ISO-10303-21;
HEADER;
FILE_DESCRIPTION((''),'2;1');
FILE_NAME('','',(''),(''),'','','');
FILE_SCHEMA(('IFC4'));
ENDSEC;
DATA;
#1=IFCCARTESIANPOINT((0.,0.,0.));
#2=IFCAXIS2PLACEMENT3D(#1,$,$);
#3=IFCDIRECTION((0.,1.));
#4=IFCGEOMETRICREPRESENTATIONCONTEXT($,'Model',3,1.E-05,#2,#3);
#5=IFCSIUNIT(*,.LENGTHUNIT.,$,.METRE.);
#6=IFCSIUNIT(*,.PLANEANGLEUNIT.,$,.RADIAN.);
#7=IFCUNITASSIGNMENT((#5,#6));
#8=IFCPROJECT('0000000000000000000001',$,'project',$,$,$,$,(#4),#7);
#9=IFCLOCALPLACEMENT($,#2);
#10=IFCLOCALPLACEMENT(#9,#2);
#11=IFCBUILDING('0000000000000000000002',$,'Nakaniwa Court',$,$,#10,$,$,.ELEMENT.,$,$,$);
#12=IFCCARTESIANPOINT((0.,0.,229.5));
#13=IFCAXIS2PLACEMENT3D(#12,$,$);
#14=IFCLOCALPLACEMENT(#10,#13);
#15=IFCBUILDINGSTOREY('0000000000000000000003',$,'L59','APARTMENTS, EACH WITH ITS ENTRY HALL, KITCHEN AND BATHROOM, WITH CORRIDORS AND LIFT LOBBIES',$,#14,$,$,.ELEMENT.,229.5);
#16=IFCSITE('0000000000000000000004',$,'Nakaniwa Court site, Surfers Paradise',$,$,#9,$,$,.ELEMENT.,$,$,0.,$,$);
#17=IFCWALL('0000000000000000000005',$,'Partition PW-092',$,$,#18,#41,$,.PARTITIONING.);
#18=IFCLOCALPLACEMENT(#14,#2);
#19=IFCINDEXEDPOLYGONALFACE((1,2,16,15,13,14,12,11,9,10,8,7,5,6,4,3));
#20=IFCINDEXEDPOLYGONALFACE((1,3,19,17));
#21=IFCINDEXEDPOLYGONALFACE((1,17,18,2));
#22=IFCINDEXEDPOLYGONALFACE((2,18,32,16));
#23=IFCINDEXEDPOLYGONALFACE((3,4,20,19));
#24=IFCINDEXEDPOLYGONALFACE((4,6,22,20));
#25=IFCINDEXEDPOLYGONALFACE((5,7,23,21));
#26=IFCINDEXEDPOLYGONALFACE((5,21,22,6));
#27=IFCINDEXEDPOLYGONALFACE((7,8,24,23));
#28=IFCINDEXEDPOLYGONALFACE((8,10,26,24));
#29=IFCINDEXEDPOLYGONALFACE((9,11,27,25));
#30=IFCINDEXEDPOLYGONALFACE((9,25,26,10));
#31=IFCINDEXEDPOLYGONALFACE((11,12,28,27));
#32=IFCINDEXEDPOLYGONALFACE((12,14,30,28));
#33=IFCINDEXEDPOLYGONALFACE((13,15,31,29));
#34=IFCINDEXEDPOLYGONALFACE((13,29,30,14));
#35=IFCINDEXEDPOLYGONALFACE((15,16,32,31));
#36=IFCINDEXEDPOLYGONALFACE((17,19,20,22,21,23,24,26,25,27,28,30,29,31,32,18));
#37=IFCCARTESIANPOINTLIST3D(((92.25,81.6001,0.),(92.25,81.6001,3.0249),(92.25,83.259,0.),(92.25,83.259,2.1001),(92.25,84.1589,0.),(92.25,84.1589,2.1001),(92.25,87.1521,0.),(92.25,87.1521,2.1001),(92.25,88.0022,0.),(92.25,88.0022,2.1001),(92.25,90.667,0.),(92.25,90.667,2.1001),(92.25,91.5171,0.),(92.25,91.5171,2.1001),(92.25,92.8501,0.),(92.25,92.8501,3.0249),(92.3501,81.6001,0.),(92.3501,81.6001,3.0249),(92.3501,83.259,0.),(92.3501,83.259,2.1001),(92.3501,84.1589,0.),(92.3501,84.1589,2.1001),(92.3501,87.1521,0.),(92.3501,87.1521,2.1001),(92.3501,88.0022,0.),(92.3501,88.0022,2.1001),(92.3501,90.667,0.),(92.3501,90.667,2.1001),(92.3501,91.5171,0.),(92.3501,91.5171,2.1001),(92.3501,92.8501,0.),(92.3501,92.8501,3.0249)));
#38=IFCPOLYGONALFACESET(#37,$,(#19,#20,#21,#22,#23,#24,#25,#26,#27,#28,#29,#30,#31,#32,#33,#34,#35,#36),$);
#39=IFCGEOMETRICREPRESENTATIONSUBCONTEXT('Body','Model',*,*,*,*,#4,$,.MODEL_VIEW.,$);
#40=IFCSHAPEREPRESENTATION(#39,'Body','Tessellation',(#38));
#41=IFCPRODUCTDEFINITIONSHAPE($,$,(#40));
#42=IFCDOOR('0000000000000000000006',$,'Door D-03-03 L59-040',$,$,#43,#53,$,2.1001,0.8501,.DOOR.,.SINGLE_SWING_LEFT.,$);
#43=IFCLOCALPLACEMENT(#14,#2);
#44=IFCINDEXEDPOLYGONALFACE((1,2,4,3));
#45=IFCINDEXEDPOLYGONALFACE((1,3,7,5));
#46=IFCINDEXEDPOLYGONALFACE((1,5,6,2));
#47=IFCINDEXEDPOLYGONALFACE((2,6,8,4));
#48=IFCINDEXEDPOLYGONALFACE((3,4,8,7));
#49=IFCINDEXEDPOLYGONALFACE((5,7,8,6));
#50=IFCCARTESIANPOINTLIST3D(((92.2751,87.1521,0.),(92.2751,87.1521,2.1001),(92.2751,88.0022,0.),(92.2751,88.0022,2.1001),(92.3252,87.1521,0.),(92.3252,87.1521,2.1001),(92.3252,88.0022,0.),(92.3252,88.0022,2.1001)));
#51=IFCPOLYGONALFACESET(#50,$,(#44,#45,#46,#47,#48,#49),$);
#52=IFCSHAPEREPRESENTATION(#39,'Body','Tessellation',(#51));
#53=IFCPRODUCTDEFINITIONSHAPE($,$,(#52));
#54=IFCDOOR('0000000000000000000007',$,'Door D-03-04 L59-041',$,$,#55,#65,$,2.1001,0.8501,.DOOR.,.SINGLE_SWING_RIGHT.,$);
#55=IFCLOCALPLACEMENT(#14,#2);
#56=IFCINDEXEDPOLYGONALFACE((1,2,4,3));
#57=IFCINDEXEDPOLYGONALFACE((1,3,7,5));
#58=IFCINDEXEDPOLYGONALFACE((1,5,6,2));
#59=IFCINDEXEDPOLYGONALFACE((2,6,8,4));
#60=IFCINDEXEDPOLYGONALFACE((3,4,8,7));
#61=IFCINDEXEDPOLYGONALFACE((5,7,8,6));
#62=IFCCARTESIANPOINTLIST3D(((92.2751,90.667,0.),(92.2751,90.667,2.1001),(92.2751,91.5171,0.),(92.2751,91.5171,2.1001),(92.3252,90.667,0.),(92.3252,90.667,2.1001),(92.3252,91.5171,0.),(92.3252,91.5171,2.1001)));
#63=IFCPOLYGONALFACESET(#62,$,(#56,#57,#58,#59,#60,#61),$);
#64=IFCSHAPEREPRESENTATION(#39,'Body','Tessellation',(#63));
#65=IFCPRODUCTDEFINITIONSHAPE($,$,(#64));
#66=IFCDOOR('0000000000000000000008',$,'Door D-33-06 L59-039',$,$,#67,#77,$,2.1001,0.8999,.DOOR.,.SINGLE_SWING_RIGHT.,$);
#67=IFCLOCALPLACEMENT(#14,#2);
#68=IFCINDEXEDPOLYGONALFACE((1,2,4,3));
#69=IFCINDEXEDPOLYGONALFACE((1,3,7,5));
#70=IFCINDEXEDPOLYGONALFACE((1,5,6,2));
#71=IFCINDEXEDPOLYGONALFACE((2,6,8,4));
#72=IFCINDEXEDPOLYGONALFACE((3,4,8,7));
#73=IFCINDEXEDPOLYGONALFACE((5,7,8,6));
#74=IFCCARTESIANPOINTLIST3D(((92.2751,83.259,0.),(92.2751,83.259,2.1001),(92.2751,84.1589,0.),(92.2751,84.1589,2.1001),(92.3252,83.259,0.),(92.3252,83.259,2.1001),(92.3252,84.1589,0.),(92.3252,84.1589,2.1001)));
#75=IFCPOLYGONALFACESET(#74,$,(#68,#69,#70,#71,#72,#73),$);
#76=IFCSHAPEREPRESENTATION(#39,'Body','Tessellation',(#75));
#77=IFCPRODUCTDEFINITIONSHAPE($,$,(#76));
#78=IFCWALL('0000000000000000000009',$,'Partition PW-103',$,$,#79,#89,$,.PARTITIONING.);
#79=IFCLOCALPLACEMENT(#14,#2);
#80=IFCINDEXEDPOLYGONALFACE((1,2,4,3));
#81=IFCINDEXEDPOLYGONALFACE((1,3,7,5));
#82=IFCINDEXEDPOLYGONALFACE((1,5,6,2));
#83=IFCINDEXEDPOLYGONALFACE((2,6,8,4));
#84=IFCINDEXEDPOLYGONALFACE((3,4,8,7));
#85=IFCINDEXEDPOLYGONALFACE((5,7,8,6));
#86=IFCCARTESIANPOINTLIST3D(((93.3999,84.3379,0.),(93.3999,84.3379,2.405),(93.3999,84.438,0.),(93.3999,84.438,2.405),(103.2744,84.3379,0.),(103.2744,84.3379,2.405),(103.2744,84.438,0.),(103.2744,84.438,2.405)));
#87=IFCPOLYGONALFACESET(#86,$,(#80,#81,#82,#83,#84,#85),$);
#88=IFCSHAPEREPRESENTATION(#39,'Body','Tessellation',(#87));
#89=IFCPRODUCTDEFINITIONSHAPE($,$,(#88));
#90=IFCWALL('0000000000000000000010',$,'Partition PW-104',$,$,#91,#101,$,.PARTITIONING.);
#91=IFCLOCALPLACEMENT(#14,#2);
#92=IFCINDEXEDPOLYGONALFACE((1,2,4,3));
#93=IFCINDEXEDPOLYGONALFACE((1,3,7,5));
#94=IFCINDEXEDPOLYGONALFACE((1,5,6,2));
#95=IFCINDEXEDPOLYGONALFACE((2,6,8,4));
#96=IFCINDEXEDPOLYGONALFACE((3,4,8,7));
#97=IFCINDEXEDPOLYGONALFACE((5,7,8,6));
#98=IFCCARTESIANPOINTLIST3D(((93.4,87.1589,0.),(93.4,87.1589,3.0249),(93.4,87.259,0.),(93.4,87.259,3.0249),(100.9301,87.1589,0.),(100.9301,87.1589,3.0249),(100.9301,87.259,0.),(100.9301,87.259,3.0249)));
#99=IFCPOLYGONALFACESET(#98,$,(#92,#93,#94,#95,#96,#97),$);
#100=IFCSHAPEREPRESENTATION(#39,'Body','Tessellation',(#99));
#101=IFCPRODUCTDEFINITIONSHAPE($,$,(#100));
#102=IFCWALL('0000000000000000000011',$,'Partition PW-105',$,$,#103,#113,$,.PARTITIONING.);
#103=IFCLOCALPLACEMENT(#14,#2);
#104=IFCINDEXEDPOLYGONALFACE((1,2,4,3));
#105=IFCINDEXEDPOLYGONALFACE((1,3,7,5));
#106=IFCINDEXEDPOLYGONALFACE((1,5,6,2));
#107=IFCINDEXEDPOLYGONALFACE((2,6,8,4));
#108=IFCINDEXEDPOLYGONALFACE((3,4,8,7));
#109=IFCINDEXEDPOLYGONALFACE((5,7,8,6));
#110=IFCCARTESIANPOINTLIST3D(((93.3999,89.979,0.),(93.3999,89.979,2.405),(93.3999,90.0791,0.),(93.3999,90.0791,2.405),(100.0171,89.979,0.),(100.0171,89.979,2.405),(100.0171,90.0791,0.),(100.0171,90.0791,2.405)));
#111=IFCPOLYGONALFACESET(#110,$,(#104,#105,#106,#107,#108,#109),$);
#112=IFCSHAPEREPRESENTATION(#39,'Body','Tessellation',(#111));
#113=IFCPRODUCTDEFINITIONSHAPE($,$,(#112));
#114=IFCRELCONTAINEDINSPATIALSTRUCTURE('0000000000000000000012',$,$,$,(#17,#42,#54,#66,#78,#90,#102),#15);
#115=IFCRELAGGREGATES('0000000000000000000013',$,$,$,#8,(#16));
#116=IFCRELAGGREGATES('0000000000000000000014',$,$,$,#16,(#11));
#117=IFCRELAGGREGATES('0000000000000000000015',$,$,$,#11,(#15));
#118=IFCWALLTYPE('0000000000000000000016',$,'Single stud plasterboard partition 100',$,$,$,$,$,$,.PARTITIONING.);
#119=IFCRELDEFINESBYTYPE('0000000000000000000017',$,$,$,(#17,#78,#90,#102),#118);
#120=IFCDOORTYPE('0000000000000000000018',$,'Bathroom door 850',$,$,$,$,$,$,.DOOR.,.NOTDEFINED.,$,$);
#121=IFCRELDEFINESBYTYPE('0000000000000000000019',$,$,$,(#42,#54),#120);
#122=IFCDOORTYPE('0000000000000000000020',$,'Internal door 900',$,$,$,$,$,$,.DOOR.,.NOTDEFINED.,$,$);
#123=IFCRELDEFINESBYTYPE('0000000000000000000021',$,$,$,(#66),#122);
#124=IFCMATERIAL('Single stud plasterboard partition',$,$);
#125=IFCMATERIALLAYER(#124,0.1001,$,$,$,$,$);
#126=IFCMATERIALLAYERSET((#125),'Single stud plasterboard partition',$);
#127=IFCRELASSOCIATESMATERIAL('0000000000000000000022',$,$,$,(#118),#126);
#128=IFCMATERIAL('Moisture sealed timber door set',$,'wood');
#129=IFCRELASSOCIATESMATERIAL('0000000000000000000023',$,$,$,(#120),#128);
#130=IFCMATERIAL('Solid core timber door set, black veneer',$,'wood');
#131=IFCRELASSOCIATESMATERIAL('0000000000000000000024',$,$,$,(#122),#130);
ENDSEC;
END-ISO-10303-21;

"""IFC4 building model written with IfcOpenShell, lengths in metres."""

from ifc_helpers import new_model, si_unit, direction, frame, frame_2d, origin, place, context, subcontext, project, spatial, rectangle, extrude, material, layer, layer_set, type_object, element, fill, save


model = new_model("IFC4")

# Units and contexts
model_context = context("Model", 3, precision=1e-05, world=origin(), true_north=direction((0.0, 1.0)))
body_context = subcontext(model_context, "Body", "Model", "MODEL_VIEW")
ifc_project = project(units=[si_unit("LENGTHUNIT", "METRE"), si_unit("PLANEANGLEUNIT", "RADIAN")], contexts=[model_context])

# Site, building, storey
site_placement = place(None, origin())
site = spatial("IfcSite", under=ifc_project, at=site_placement, Name="Nakaniwa Court site, Surfers Paradise", CompositionType="ELEMENT", RefElevation=0.0)
building_placement = place(site_placement, origin())
building = spatial("IfcBuilding", under=site, at=building_placement, Name="Nakaniwa Court", CompositionType="ELEMENT")
storey_placement = place(building_placement, frame((0.0, 0.0, 229.5)))
storey = spatial("IfcBuildingStorey", under=building, at=storey_placement, Name="L59", Description="APARTMENTS, EACH WITH ITS ENTRY HALL, KITCHEN AND BATHROOM, WITH CORRIDORS AND LIFT LOBBIES", CompositionType="ELEMENT", Elevation=229.5)

# Wall, openings, doors
ifc_material_1 = material(Name="Single stud plasterboard partition")
ifc_layer_1 = layer(ifc_material_1, 0.1001)
ifc_layer_set_1 = layer_set([ifc_layer_1], Name="Single stud plasterboard partition")
wall_type_1 = type_object("IfcWallType", Name="Single stud plasterboard partition 100", PredefinedType="PARTITIONING", material=ifc_layer_set_1)
wall_1_placement = place(storey_placement, frame((92.3, 81.6001, 0.0), z_axis=(0.0, 0.0, 1.0), x_axis=(0.0, 1.0, 0.0)))
wall_1 = element("IfcWall", 1, at=wall_1_placement, inside=storey, type_object=wall_type_1, Name="Partition PW-092", PredefinedType="PARTITIONING", context=body_context, shape_type="SweptSolid", body=[
    extrude(rectangle(XDim=11.25, YDim=0.1001, at=frame_2d((5.625, 0.0))), origin(), (0.0, 0.0, 1.0), 3.0249),
])
opening_1_placement = place(wall_1_placement, frame((1.6589, 0.0, 0.0)))
opening_1 = element("IfcOpeningElement", 2, at=opening_1_placement, cuts=wall_1, PredefinedType="OPENING", context=body_context, shape_type="SweptSolid", body=[
    extrude(rectangle(XDim=0.8999, YDim=2.1001, at=frame_2d((0.45, 1.05))), frame((0.0, 0.0601, 0.0), z_axis=(0.0, -1.0, 0.0), x_axis=(1.0, 0.0, 0.0)), (0.0, 0.0, 1.0), 0.1201),
])
opening_2_placement = place(wall_1_placement, frame((5.552, 0.0, 0.0)))
opening_2 = element("IfcOpeningElement", 3, at=opening_2_placement, cuts=wall_1, PredefinedType="OPENING", context=body_context, shape_type="SweptSolid", body=[
    extrude(rectangle(XDim=0.8501, YDim=2.1001, at=frame_2d((0.425, 1.05))), frame((0.0, 0.0601, 0.0), z_axis=(0.0, -1.0, 0.0), x_axis=(1.0, 0.0, 0.0)), (0.0, 0.0, 1.0), 0.1201),
])
opening_3_placement = place(wall_1_placement, frame((9.0669, 0.0, 0.0)))
opening_3 = element("IfcOpeningElement", 4, at=opening_3_placement, cuts=wall_1, PredefinedType="OPENING", context=body_context, shape_type="SweptSolid", body=[
    extrude(rectangle(XDim=0.8501, YDim=2.1001, at=frame_2d((0.425, 1.05))), frame((0.0, 0.0601, 0.0), z_axis=(0.0, -1.0, 0.0), x_axis=(1.0, 0.0, 0.0)), (0.0, 0.0, 1.0), 0.1201),
])
ifc_material_2 = material(Name="Moisture sealed timber door set", Category="wood")
door_type_1 = type_object("IfcDoorType", Name="Bathroom door 850", OperationType="NOTDEFINED", PredefinedType="DOOR", material=ifc_material_2)
door_1_placement = place(opening_2_placement, origin())
door_1 = element("IfcDoor", 5, at=door_1_placement, inside=storey, type_object=door_type_1, Name="Door D-03-03 L59-040", OperationType="SINGLE_SWING_LEFT", OverallHeight=2.1001, OverallWidth=0.8501, PredefinedType="DOOR", context=body_context, shape_type="SweptSolid", body=[
    extrude(rectangle(XDim=0.8501, YDim=2.1001, at=frame_2d((0.425, 1.05))), frame((0.0, 0.0249, 0.0), z_axis=(0.0, -1.0, 0.0), x_axis=(1.0, 0.0, 0.0)), (0.0, 0.0, 1.0), 0.05),
])
fill(opening_2, door_1)
door_2_placement = place(opening_3_placement, origin())
door_2 = element("IfcDoor", 6, at=door_2_placement, inside=storey, type_object=door_type_1, Name="Door D-03-04 L59-041", OperationType="SINGLE_SWING_RIGHT", OverallHeight=2.1001, OverallWidth=0.8501, PredefinedType="DOOR", context=body_context, shape_type="SweptSolid", body=[
    extrude(rectangle(XDim=0.8501, YDim=2.1001, at=frame_2d((0.425, 1.05))), frame((0.0, 0.0249, 0.0), z_axis=(0.0, -1.0, 0.0), x_axis=(1.0, 0.0, 0.0)), (0.0, 0.0, 1.0), 0.05),
])
fill(opening_3, door_2)
ifc_material_3 = material(Name="Solid core timber door set, black veneer", Category="wood")
door_type_2 = type_object("IfcDoorType", Name="Internal door 900", OperationType="NOTDEFINED", PredefinedType="DOOR", material=ifc_material_3)
door_3_placement = place(opening_1_placement, origin())
door_3 = element("IfcDoor", 7, at=door_3_placement, inside=storey, type_object=door_type_2, Name="Door D-33-06 L59-039", OperationType="SINGLE_SWING_RIGHT", OverallHeight=2.1001, OverallWidth=0.8999, PredefinedType="DOOR", context=body_context, shape_type="SweptSolid", body=[
    extrude(rectangle(XDim=0.8999, YDim=2.1001, at=frame_2d((0.45, 1.05))), frame((0.0, 0.0249, 0.0), z_axis=(0.0, -1.0, 0.0), x_axis=(1.0, 0.0, 0.0)), (0.0, 0.0, 1.0), 0.05),
])
fill(opening_1, door_3)

# Walls
wall_2_placement = place(storey_placement, frame((93.3999, 84.3879, 0.0), z_axis=(0.0, 0.0, 1.0), x_axis=(1.0, 0.0, 0.0)))
element("IfcWall", 8, at=wall_2_placement, inside=storey, type_object=wall_type_1, Name="Partition PW-103", PredefinedType="PARTITIONING", context=body_context, shape_type="SweptSolid", body=[
    extrude(rectangle(XDim=9.8745, YDim=0.1001, at=frame_2d((4.9373, 0.0))), origin(), (0.0, 0.0, 1.0), 2.405),
])
wall_3_placement = place(storey_placement, frame((93.3999, 87.209, 0.0), z_axis=(0.0, 0.0, 1.0), x_axis=(1.0, 0.0, 0.0)))
element("IfcWall", 9, at=wall_3_placement, inside=storey, type_object=wall_type_1, Name="Partition PW-104", PredefinedType="PARTITIONING", context=body_context, shape_type="SweptSolid", body=[
    extrude(rectangle(XDim=7.53, YDim=0.1001, at=frame_2d((3.7651, 0.0))), origin(), (0.0, 0.0, 1.0), 3.0249),
])
wall_4_placement = place(storey_placement, frame((93.3999, 90.0291, 0.0), z_axis=(0.0, 0.0, 1.0), x_axis=(1.0, 0.0, 0.0)))
element("IfcWall", 10, at=wall_4_placement, inside=storey, type_object=wall_type_1, Name="Partition PW-105", PredefinedType="PARTITIONING", context=body_context, shape_type="SweptSolid", body=[
    extrude(rectangle(XDim=6.6172, YDim=0.1001, at=frame_2d((3.3086, 0.0))), origin(), (0.0, 0.0, 1.0), 2.405),
])

save(model, "model.ifc")
